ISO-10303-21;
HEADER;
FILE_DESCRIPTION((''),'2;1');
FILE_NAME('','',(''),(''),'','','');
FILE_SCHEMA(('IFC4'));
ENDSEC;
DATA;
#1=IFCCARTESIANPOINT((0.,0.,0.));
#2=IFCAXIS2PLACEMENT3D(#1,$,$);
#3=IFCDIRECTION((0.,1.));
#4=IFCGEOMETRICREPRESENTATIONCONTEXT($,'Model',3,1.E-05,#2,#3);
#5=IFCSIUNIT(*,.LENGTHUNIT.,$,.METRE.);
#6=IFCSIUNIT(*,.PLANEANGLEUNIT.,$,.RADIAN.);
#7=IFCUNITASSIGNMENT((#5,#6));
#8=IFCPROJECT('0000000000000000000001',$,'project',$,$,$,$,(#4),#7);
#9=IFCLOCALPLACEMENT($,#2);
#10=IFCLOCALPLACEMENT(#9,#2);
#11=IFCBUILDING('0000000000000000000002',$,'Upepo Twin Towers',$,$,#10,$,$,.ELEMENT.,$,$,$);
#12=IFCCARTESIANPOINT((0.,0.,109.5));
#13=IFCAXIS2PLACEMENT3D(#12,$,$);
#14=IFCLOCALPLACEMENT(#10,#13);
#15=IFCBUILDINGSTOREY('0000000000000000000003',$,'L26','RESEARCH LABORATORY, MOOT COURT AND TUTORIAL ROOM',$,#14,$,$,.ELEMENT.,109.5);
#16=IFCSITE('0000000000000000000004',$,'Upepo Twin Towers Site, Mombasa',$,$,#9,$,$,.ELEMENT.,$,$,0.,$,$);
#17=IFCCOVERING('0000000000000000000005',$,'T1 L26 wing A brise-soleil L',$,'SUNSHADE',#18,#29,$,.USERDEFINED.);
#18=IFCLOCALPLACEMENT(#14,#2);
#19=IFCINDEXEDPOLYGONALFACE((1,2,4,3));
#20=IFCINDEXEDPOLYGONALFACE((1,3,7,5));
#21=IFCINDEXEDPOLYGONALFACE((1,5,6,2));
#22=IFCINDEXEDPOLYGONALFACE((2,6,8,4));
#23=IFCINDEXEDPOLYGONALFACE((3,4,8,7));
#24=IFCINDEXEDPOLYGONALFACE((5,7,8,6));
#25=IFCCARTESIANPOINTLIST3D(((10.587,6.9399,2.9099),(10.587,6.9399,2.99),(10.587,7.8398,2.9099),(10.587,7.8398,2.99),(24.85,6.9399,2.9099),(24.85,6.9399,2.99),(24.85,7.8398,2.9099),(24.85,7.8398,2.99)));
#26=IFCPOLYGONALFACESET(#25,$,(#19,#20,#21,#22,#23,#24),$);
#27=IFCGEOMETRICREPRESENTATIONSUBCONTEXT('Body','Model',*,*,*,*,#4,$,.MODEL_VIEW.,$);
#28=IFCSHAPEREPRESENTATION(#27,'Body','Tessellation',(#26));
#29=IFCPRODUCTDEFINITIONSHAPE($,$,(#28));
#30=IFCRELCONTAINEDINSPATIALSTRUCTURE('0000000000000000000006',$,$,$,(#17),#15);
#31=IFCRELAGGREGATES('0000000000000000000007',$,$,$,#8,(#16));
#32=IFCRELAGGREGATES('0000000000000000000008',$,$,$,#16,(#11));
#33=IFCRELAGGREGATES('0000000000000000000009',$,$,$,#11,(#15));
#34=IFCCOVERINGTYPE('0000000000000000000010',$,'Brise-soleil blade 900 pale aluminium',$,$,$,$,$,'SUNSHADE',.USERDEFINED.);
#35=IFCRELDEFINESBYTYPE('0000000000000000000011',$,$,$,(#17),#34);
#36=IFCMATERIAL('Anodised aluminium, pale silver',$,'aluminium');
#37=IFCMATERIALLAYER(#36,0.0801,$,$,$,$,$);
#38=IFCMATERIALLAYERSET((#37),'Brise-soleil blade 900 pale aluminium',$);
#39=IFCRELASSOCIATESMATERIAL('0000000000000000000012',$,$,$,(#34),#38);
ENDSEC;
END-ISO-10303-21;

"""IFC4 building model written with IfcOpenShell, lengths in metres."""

from ifc_helpers import new_model, si_unit, direction, frame, origin, origin_2d, place, context, subcontext, project, spatial, rectangle, extrude, material, layer, layer_set, type_object, element, save


model = new_model("IFC4")

# Units and contexts
model_context = context("Model", 3, precision=1e-05, world=origin(), true_north=direction((0.0, 1.0)))
body_context = subcontext(model_context, "Body", "Model", "MODEL_VIEW")
ifc_project = project(units=[si_unit("LENGTHUNIT", "METRE"), si_unit("PLANEANGLEUNIT", "RADIAN")], contexts=[model_context])

# Site, building, storey
site_placement = place(None, origin())
site = spatial("IfcSite", under=ifc_project, at=site_placement, Name="Upepo Twin Towers Site, Mombasa", CompositionType="ELEMENT", RefElevation=0.0)
building_placement = place(site_placement, origin())
building = spatial("IfcBuilding", under=site, at=building_placement, Name="Upepo Twin Towers", CompositionType="ELEMENT")
storey_placement = place(building_placement, frame((0.0, 0.0, 109.5)))
storey = spatial("IfcBuildingStorey", under=building, at=storey_placement, Name="L26", Description="RESEARCH LABORATORY, MOOT COURT AND TUTORIAL ROOM", CompositionType="ELEMENT", Elevation=109.5)

# Covering
ifc_material_1 = material(Name="Anodised aluminium, pale silver", Category="aluminium")
ifc_layer_1 = layer(ifc_material_1, 0.0801)
ifc_layer_set_1 = layer_set([ifc_layer_1], Name="Brise-soleil blade 900 pale aluminium")
covering_type = type_object("IfcCoveringType", Name="Brise-soleil blade 900 pale aluminium", ElementType="SUNSHADE", PredefinedType="USERDEFINED", material=ifc_layer_set_1)
covering_placement = place(storey_placement, frame((17.7185, 7.3899, 2.9099), z_axis=(0.0, 0.0, 1.0), x_axis=(1.0, 0.0, 0.0)))
element("IfcCovering", 1, at=covering_placement, inside=storey, type_object=covering_type, Name="T1 L26 wing A brise-soleil L", ObjectType="SUNSHADE", PredefinedType="USERDEFINED", context=body_context, shape_type="SweptSolid", body=[
    extrude(rectangle(XDim=14.2629, YDim=0.8999, at=origin_2d()), origin(), (0.0, 0.0, 1.0), 0.0801),
])

save(model, "model.ifc")
